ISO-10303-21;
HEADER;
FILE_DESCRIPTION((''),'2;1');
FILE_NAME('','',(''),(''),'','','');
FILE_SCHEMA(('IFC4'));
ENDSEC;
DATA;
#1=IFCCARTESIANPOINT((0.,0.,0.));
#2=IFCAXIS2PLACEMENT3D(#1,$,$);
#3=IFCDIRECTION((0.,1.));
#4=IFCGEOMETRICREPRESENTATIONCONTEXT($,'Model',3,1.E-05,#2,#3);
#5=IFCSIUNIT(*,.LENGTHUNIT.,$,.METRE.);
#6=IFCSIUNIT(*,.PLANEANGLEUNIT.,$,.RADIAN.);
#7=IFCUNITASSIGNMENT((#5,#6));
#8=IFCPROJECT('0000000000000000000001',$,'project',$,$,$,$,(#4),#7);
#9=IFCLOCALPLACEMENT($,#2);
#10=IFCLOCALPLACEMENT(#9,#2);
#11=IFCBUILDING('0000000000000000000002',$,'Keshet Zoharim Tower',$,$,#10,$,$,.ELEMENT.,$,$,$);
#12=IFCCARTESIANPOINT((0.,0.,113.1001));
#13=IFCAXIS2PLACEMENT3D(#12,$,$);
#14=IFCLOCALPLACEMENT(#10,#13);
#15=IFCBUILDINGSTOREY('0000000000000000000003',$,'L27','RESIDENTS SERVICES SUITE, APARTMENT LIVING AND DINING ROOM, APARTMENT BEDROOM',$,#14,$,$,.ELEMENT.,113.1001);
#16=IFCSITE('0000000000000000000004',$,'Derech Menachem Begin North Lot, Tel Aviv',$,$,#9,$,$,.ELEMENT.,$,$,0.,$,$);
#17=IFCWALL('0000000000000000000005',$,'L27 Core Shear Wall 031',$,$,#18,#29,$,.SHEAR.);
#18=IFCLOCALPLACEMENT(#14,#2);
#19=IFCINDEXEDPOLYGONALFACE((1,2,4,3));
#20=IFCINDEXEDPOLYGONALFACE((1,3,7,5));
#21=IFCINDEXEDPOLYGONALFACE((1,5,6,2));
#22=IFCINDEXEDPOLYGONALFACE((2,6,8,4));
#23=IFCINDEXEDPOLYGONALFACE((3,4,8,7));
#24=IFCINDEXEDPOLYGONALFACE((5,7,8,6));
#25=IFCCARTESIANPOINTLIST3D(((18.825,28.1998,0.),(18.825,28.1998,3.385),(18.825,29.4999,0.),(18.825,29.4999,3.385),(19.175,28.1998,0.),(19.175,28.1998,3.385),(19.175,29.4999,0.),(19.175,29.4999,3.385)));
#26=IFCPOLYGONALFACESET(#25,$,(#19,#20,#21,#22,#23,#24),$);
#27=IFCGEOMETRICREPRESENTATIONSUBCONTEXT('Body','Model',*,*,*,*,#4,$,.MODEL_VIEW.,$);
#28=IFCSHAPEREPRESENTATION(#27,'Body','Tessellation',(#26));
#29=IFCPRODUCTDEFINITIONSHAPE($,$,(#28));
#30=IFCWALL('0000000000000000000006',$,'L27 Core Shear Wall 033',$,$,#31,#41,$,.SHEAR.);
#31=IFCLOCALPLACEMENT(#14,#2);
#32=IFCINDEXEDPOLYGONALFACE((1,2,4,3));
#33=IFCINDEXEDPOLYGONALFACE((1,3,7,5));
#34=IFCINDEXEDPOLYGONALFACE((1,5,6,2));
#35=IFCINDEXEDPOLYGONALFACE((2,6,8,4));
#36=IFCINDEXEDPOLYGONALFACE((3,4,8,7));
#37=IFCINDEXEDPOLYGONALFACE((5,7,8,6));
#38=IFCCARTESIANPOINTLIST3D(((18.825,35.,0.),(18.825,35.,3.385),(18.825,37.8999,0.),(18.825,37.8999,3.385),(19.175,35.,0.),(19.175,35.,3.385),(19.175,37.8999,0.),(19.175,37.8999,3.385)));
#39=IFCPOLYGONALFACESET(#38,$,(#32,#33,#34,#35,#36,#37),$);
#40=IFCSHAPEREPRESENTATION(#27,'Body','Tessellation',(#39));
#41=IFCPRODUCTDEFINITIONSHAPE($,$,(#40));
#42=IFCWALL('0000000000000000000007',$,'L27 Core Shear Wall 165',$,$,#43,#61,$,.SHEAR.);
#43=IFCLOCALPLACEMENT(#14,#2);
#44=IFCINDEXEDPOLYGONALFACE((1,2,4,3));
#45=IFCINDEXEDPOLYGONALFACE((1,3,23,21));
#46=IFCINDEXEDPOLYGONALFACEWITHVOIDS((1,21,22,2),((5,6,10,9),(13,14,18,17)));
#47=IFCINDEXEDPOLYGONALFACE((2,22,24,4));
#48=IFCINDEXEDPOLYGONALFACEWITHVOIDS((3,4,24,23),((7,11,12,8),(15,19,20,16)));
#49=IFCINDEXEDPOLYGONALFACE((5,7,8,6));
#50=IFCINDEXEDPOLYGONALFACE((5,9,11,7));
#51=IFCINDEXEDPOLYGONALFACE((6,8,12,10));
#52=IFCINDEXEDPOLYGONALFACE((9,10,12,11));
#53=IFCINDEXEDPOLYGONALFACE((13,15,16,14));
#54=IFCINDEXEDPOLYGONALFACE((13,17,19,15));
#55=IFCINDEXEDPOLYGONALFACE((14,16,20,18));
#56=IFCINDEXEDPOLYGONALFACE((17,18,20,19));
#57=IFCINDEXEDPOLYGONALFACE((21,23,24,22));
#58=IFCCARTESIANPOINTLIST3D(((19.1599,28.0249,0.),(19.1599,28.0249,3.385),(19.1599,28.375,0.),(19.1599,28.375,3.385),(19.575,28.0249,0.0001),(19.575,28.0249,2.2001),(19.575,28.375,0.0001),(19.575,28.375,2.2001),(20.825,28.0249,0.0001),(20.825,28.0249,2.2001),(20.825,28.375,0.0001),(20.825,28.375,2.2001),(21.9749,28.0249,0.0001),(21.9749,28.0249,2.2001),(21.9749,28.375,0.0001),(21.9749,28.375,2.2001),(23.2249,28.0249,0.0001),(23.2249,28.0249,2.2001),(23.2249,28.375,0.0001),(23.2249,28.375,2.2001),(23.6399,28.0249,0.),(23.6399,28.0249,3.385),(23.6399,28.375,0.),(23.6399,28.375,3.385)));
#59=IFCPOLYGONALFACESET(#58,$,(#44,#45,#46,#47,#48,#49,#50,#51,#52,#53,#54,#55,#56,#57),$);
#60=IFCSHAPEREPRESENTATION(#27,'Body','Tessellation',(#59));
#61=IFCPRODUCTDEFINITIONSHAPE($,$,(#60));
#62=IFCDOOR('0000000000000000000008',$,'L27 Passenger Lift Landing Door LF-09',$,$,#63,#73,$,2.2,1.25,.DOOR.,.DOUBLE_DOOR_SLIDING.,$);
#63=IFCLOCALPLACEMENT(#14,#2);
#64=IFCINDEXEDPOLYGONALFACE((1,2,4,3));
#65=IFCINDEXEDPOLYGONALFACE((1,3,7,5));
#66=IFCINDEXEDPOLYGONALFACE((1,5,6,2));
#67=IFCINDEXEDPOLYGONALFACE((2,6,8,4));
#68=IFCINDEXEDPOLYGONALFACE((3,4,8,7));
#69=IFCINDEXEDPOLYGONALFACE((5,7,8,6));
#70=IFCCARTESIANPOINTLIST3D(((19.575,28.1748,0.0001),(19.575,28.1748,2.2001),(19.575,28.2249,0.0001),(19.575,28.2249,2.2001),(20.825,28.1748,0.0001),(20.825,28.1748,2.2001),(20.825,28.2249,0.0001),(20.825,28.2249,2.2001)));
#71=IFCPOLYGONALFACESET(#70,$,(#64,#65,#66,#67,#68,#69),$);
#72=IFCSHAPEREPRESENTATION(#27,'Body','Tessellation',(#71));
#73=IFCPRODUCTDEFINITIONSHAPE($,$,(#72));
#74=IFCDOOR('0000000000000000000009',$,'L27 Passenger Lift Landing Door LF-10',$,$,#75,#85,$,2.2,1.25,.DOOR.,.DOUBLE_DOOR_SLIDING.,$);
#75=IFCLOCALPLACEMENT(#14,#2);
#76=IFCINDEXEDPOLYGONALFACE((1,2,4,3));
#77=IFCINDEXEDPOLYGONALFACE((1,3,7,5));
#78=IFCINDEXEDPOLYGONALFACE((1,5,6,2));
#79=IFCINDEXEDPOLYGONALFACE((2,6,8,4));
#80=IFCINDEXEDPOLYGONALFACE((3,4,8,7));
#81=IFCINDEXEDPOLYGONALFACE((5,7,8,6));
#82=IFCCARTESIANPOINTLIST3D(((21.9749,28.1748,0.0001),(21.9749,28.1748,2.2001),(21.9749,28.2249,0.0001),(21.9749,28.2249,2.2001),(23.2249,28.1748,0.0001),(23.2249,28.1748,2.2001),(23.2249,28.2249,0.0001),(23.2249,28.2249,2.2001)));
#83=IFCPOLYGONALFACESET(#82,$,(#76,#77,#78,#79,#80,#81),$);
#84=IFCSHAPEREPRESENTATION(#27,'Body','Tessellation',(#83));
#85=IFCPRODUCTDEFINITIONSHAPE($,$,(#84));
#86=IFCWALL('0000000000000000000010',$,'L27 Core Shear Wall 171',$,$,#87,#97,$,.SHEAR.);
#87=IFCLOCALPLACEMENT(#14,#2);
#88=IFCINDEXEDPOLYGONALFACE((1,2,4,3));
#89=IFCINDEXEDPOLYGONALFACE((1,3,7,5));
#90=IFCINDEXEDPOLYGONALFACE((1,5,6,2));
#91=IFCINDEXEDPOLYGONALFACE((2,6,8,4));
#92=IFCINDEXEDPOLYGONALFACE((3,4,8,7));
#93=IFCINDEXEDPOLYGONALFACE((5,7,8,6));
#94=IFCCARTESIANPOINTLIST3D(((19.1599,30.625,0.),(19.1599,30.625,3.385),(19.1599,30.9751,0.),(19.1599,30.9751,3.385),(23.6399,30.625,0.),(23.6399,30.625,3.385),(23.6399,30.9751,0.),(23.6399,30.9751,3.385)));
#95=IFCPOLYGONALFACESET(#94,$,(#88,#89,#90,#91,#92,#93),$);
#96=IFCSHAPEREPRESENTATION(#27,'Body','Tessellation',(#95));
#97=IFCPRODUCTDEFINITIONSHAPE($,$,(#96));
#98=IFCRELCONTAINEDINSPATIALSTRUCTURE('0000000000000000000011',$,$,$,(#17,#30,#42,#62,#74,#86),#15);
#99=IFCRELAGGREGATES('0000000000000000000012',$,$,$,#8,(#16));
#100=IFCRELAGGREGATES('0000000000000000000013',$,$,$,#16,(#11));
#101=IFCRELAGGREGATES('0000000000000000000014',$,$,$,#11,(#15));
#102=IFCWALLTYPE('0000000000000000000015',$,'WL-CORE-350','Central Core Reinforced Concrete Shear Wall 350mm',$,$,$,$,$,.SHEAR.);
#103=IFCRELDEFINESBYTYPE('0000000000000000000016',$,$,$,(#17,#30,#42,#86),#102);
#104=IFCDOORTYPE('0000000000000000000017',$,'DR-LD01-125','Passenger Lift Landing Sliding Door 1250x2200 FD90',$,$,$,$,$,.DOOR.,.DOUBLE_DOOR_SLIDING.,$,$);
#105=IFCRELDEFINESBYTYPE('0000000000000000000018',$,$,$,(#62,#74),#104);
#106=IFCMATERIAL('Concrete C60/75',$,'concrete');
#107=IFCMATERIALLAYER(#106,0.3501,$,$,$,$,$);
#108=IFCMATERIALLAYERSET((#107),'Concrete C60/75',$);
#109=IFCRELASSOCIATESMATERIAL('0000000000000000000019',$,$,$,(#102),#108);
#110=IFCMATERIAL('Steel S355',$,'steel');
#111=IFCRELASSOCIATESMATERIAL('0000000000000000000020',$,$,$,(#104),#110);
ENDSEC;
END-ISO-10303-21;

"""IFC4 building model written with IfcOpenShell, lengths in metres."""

from ifc_helpers import new_model, si_unit, direction, frame, frame_2d, origin, place, context, subcontext, project, spatial, rectangle, extrude, material, layer, layer_set, type_object, element, fill, save


model = new_model("IFC4")

# Units and contexts
model_context = context("Model", 3, precision=1e-05, world=origin(), true_north=direction((0.0, 1.0)))
body_context = subcontext(model_context, "Body", "Model", "MODEL_VIEW")
ifc_project = project(units=[si_unit("LENGTHUNIT", "METRE"), si_unit("PLANEANGLEUNIT", "RADIAN")], contexts=[model_context])

# Site, building, storey
site_placement = place(None, origin())
site = spatial("IfcSite", under=ifc_project, at=site_placement, Name="Derech Menachem Begin North Lot, Tel Aviv", CompositionType="ELEMENT", RefElevation=0.0)
building_placement = place(site_placement, origin())
building = spatial("IfcBuilding", under=site, at=building_placement, Name="Keshet Zoharim Tower", CompositionType="ELEMENT")
storey_placement = place(building_placement, frame((0.0, 0.0, 113.1001)))
storey = spatial("IfcBuildingStorey", under=building, at=storey_placement, Name="L27", Description="RESIDENTS SERVICES SUITE, APARTMENT LIVING AND DINING ROOM, APARTMENT BEDROOM", CompositionType="ELEMENT", Elevation=113.1001)

# Wall
ifc_material_1 = material(Name="Concrete C60/75", Category="concrete")
ifc_layer_1 = layer(ifc_material_1, 0.3501)
ifc_layer_set_1 = layer_set([ifc_layer_1], Name="Concrete C60/75")
wall_type_1 = type_object("IfcWallType", Name="WL-CORE-350", Description="Central Core Reinforced Concrete Shear Wall 350mm", PredefinedType="SHEAR", material=ifc_layer_set_1)
wall_1_placement = place(storey_placement, frame((19.0, 28.2, 0.0), z_axis=(0.0, 0.0, 1.0), x_axis=(0.0, 1.0, 0.0)))
element("IfcWall", 1, at=wall_1_placement, inside=storey, type_object=wall_type_1, Name="L27 Core Shear Wall 031", PredefinedType="SHEAR", context=body_context, shape_type="SweptSolid", body=[
    extrude(rectangle(XDim=1.3, YDim=0.3501, at=frame_2d((0.6499, 0.0))), origin(), (0.0, 0.0, 1.0), 3.385),
])

# Wall
wall_2_placement = place(storey_placement, frame((19.0, 35.0, 0.0), z_axis=(0.0, 0.0, 1.0), x_axis=(0.0, 1.0, 0.0)))
element("IfcWall", 2, at=wall_2_placement, inside=storey, type_object=wall_type_1, Name="L27 Core Shear Wall 033", PredefinedType="SHEAR", context=body_context, shape_type="SweptSolid", body=[
    extrude(rectangle(XDim=2.8999, YDim=0.3501, at=frame_2d((1.45, 0.0))), origin(), (0.0, 0.0, 1.0), 3.385),
])

# Wall, openings, doors
wall_3_placement = place(storey_placement, frame((19.1599, 28.2, 0.0), z_axis=(0.0, 0.0, 1.0), x_axis=(1.0, 0.0, 0.0)))
wall_3 = element("IfcWall", 3, at=wall_3_placement, inside=storey, type_object=wall_type_1, Name="L27 Core Shear Wall 165", PredefinedType="SHEAR", context=body_context, shape_type="SweptSolid", body=[
    extrude(rectangle(XDim=4.48, YDim=0.3501, at=frame_2d((2.24, 0.0))), origin(), (0.0, 0.0, 1.0), 3.385),
])
opening_1_placement = place(wall_3_placement, frame((0.415, 0.0, 0.0)))
opening_1 = element("IfcOpeningElement", 4, at=opening_1_placement, cuts=wall_3, PredefinedType="OPENING", context=body_context, shape_type="SweptSolid", body=[
    extrude(rectangle(XDim=1.25, YDim=2.2, at=frame_2d((0.625, 1.1001))), frame((0.0, 0.1851, 0.0), z_axis=(0.0, -1.0, 0.0), x_axis=(1.0, 0.0, 0.0)), (0.0, 0.0, 1.0), 0.3701),
])
opening_2_placement = place(wall_3_placement, frame((2.8149, 0.0, 0.0)))
opening_2 = element("IfcOpeningElement", 5, at=opening_2_placement, cuts=wall_3, PredefinedType="OPENING", context=body_context, shape_type="SweptSolid", body=[
    extrude(rectangle(XDim=1.25, YDim=2.2, at=frame_2d((0.625, 1.1001))), frame((0.0, 0.1851, 0.0), z_axis=(0.0, -1.0, 0.0), x_axis=(1.0, 0.0, 0.0)), (0.0, 0.0, 1.0), 0.3701),
])
ifc_material_2 = material(Name="Steel S355", Category="steel")
door_type_1 = type_object("IfcDoorType", Name="DR-LD01-125", Description="Passenger Lift Landing Sliding Door 1250x2200 FD90", OperationType="DOUBLE_DOOR_SLIDING", PredefinedType="DOOR", material=ifc_material_2)
door_1_placement = place(opening_1_placement, origin())
door_1 = element("IfcDoor", 6, at=door_1_placement, inside=storey, type_object=door_type_1, Name="L27 Passenger Lift Landing Door LF-09", OperationType="DOUBLE_DOOR_SLIDING", OverallHeight=2.2, OverallWidth=1.25, PredefinedType="DOOR", context=body_context, shape_type="SweptSolid", body=[
    extrude(rectangle(XDim=1.25, YDim=2.2, at=frame_2d((0.625, 1.1001))), frame((0.0, 0.0249, 0.0), z_axis=(0.0, -1.0, 0.0), x_axis=(1.0, 0.0, 0.0)), (0.0, 0.0, 1.0), 0.05),
])
fill(opening_1, door_1)
door_2_placement = place(opening_2_placement, origin())
door_2 = element("IfcDoor", 7, at=door_2_placement, inside=storey, type_object=door_type_1, Name="L27 Passenger Lift Landing Door LF-10", OperationType="DOUBLE_DOOR_SLIDING", OverallHeight=2.2, OverallWidth=1.25, PredefinedType="DOOR", context=body_context, shape_type="SweptSolid", body=[
    extrude(rectangle(XDim=1.25, YDim=2.2, at=frame_2d((0.625, 1.1001))), frame((0.0, 0.0249, 0.0), z_axis=(0.0, -1.0, 0.0), x_axis=(1.0, 0.0, 0.0)), (0.0, 0.0, 1.0), 0.05),
])
fill(opening_2, door_2)

# Wall
wall_4_placement = place(storey_placement, frame((19.1599, 30.8, 0.0), z_axis=(0.0, 0.0, 1.0), x_axis=(1.0, 0.0, 0.0)))
element("IfcWall", 8, at=wall_4_placement, inside=storey, type_object=wall_type_1, Name="L27 Core Shear Wall 171", PredefinedType="SHEAR", context=body_context, shape_type="SweptSolid", body=[
    extrude(rectangle(XDim=4.48, YDim=0.3501, at=frame_2d((2.24, 0.0))), origin(), (0.0, 0.0, 1.0), 3.385),
])

save(model, "model.ifc")
